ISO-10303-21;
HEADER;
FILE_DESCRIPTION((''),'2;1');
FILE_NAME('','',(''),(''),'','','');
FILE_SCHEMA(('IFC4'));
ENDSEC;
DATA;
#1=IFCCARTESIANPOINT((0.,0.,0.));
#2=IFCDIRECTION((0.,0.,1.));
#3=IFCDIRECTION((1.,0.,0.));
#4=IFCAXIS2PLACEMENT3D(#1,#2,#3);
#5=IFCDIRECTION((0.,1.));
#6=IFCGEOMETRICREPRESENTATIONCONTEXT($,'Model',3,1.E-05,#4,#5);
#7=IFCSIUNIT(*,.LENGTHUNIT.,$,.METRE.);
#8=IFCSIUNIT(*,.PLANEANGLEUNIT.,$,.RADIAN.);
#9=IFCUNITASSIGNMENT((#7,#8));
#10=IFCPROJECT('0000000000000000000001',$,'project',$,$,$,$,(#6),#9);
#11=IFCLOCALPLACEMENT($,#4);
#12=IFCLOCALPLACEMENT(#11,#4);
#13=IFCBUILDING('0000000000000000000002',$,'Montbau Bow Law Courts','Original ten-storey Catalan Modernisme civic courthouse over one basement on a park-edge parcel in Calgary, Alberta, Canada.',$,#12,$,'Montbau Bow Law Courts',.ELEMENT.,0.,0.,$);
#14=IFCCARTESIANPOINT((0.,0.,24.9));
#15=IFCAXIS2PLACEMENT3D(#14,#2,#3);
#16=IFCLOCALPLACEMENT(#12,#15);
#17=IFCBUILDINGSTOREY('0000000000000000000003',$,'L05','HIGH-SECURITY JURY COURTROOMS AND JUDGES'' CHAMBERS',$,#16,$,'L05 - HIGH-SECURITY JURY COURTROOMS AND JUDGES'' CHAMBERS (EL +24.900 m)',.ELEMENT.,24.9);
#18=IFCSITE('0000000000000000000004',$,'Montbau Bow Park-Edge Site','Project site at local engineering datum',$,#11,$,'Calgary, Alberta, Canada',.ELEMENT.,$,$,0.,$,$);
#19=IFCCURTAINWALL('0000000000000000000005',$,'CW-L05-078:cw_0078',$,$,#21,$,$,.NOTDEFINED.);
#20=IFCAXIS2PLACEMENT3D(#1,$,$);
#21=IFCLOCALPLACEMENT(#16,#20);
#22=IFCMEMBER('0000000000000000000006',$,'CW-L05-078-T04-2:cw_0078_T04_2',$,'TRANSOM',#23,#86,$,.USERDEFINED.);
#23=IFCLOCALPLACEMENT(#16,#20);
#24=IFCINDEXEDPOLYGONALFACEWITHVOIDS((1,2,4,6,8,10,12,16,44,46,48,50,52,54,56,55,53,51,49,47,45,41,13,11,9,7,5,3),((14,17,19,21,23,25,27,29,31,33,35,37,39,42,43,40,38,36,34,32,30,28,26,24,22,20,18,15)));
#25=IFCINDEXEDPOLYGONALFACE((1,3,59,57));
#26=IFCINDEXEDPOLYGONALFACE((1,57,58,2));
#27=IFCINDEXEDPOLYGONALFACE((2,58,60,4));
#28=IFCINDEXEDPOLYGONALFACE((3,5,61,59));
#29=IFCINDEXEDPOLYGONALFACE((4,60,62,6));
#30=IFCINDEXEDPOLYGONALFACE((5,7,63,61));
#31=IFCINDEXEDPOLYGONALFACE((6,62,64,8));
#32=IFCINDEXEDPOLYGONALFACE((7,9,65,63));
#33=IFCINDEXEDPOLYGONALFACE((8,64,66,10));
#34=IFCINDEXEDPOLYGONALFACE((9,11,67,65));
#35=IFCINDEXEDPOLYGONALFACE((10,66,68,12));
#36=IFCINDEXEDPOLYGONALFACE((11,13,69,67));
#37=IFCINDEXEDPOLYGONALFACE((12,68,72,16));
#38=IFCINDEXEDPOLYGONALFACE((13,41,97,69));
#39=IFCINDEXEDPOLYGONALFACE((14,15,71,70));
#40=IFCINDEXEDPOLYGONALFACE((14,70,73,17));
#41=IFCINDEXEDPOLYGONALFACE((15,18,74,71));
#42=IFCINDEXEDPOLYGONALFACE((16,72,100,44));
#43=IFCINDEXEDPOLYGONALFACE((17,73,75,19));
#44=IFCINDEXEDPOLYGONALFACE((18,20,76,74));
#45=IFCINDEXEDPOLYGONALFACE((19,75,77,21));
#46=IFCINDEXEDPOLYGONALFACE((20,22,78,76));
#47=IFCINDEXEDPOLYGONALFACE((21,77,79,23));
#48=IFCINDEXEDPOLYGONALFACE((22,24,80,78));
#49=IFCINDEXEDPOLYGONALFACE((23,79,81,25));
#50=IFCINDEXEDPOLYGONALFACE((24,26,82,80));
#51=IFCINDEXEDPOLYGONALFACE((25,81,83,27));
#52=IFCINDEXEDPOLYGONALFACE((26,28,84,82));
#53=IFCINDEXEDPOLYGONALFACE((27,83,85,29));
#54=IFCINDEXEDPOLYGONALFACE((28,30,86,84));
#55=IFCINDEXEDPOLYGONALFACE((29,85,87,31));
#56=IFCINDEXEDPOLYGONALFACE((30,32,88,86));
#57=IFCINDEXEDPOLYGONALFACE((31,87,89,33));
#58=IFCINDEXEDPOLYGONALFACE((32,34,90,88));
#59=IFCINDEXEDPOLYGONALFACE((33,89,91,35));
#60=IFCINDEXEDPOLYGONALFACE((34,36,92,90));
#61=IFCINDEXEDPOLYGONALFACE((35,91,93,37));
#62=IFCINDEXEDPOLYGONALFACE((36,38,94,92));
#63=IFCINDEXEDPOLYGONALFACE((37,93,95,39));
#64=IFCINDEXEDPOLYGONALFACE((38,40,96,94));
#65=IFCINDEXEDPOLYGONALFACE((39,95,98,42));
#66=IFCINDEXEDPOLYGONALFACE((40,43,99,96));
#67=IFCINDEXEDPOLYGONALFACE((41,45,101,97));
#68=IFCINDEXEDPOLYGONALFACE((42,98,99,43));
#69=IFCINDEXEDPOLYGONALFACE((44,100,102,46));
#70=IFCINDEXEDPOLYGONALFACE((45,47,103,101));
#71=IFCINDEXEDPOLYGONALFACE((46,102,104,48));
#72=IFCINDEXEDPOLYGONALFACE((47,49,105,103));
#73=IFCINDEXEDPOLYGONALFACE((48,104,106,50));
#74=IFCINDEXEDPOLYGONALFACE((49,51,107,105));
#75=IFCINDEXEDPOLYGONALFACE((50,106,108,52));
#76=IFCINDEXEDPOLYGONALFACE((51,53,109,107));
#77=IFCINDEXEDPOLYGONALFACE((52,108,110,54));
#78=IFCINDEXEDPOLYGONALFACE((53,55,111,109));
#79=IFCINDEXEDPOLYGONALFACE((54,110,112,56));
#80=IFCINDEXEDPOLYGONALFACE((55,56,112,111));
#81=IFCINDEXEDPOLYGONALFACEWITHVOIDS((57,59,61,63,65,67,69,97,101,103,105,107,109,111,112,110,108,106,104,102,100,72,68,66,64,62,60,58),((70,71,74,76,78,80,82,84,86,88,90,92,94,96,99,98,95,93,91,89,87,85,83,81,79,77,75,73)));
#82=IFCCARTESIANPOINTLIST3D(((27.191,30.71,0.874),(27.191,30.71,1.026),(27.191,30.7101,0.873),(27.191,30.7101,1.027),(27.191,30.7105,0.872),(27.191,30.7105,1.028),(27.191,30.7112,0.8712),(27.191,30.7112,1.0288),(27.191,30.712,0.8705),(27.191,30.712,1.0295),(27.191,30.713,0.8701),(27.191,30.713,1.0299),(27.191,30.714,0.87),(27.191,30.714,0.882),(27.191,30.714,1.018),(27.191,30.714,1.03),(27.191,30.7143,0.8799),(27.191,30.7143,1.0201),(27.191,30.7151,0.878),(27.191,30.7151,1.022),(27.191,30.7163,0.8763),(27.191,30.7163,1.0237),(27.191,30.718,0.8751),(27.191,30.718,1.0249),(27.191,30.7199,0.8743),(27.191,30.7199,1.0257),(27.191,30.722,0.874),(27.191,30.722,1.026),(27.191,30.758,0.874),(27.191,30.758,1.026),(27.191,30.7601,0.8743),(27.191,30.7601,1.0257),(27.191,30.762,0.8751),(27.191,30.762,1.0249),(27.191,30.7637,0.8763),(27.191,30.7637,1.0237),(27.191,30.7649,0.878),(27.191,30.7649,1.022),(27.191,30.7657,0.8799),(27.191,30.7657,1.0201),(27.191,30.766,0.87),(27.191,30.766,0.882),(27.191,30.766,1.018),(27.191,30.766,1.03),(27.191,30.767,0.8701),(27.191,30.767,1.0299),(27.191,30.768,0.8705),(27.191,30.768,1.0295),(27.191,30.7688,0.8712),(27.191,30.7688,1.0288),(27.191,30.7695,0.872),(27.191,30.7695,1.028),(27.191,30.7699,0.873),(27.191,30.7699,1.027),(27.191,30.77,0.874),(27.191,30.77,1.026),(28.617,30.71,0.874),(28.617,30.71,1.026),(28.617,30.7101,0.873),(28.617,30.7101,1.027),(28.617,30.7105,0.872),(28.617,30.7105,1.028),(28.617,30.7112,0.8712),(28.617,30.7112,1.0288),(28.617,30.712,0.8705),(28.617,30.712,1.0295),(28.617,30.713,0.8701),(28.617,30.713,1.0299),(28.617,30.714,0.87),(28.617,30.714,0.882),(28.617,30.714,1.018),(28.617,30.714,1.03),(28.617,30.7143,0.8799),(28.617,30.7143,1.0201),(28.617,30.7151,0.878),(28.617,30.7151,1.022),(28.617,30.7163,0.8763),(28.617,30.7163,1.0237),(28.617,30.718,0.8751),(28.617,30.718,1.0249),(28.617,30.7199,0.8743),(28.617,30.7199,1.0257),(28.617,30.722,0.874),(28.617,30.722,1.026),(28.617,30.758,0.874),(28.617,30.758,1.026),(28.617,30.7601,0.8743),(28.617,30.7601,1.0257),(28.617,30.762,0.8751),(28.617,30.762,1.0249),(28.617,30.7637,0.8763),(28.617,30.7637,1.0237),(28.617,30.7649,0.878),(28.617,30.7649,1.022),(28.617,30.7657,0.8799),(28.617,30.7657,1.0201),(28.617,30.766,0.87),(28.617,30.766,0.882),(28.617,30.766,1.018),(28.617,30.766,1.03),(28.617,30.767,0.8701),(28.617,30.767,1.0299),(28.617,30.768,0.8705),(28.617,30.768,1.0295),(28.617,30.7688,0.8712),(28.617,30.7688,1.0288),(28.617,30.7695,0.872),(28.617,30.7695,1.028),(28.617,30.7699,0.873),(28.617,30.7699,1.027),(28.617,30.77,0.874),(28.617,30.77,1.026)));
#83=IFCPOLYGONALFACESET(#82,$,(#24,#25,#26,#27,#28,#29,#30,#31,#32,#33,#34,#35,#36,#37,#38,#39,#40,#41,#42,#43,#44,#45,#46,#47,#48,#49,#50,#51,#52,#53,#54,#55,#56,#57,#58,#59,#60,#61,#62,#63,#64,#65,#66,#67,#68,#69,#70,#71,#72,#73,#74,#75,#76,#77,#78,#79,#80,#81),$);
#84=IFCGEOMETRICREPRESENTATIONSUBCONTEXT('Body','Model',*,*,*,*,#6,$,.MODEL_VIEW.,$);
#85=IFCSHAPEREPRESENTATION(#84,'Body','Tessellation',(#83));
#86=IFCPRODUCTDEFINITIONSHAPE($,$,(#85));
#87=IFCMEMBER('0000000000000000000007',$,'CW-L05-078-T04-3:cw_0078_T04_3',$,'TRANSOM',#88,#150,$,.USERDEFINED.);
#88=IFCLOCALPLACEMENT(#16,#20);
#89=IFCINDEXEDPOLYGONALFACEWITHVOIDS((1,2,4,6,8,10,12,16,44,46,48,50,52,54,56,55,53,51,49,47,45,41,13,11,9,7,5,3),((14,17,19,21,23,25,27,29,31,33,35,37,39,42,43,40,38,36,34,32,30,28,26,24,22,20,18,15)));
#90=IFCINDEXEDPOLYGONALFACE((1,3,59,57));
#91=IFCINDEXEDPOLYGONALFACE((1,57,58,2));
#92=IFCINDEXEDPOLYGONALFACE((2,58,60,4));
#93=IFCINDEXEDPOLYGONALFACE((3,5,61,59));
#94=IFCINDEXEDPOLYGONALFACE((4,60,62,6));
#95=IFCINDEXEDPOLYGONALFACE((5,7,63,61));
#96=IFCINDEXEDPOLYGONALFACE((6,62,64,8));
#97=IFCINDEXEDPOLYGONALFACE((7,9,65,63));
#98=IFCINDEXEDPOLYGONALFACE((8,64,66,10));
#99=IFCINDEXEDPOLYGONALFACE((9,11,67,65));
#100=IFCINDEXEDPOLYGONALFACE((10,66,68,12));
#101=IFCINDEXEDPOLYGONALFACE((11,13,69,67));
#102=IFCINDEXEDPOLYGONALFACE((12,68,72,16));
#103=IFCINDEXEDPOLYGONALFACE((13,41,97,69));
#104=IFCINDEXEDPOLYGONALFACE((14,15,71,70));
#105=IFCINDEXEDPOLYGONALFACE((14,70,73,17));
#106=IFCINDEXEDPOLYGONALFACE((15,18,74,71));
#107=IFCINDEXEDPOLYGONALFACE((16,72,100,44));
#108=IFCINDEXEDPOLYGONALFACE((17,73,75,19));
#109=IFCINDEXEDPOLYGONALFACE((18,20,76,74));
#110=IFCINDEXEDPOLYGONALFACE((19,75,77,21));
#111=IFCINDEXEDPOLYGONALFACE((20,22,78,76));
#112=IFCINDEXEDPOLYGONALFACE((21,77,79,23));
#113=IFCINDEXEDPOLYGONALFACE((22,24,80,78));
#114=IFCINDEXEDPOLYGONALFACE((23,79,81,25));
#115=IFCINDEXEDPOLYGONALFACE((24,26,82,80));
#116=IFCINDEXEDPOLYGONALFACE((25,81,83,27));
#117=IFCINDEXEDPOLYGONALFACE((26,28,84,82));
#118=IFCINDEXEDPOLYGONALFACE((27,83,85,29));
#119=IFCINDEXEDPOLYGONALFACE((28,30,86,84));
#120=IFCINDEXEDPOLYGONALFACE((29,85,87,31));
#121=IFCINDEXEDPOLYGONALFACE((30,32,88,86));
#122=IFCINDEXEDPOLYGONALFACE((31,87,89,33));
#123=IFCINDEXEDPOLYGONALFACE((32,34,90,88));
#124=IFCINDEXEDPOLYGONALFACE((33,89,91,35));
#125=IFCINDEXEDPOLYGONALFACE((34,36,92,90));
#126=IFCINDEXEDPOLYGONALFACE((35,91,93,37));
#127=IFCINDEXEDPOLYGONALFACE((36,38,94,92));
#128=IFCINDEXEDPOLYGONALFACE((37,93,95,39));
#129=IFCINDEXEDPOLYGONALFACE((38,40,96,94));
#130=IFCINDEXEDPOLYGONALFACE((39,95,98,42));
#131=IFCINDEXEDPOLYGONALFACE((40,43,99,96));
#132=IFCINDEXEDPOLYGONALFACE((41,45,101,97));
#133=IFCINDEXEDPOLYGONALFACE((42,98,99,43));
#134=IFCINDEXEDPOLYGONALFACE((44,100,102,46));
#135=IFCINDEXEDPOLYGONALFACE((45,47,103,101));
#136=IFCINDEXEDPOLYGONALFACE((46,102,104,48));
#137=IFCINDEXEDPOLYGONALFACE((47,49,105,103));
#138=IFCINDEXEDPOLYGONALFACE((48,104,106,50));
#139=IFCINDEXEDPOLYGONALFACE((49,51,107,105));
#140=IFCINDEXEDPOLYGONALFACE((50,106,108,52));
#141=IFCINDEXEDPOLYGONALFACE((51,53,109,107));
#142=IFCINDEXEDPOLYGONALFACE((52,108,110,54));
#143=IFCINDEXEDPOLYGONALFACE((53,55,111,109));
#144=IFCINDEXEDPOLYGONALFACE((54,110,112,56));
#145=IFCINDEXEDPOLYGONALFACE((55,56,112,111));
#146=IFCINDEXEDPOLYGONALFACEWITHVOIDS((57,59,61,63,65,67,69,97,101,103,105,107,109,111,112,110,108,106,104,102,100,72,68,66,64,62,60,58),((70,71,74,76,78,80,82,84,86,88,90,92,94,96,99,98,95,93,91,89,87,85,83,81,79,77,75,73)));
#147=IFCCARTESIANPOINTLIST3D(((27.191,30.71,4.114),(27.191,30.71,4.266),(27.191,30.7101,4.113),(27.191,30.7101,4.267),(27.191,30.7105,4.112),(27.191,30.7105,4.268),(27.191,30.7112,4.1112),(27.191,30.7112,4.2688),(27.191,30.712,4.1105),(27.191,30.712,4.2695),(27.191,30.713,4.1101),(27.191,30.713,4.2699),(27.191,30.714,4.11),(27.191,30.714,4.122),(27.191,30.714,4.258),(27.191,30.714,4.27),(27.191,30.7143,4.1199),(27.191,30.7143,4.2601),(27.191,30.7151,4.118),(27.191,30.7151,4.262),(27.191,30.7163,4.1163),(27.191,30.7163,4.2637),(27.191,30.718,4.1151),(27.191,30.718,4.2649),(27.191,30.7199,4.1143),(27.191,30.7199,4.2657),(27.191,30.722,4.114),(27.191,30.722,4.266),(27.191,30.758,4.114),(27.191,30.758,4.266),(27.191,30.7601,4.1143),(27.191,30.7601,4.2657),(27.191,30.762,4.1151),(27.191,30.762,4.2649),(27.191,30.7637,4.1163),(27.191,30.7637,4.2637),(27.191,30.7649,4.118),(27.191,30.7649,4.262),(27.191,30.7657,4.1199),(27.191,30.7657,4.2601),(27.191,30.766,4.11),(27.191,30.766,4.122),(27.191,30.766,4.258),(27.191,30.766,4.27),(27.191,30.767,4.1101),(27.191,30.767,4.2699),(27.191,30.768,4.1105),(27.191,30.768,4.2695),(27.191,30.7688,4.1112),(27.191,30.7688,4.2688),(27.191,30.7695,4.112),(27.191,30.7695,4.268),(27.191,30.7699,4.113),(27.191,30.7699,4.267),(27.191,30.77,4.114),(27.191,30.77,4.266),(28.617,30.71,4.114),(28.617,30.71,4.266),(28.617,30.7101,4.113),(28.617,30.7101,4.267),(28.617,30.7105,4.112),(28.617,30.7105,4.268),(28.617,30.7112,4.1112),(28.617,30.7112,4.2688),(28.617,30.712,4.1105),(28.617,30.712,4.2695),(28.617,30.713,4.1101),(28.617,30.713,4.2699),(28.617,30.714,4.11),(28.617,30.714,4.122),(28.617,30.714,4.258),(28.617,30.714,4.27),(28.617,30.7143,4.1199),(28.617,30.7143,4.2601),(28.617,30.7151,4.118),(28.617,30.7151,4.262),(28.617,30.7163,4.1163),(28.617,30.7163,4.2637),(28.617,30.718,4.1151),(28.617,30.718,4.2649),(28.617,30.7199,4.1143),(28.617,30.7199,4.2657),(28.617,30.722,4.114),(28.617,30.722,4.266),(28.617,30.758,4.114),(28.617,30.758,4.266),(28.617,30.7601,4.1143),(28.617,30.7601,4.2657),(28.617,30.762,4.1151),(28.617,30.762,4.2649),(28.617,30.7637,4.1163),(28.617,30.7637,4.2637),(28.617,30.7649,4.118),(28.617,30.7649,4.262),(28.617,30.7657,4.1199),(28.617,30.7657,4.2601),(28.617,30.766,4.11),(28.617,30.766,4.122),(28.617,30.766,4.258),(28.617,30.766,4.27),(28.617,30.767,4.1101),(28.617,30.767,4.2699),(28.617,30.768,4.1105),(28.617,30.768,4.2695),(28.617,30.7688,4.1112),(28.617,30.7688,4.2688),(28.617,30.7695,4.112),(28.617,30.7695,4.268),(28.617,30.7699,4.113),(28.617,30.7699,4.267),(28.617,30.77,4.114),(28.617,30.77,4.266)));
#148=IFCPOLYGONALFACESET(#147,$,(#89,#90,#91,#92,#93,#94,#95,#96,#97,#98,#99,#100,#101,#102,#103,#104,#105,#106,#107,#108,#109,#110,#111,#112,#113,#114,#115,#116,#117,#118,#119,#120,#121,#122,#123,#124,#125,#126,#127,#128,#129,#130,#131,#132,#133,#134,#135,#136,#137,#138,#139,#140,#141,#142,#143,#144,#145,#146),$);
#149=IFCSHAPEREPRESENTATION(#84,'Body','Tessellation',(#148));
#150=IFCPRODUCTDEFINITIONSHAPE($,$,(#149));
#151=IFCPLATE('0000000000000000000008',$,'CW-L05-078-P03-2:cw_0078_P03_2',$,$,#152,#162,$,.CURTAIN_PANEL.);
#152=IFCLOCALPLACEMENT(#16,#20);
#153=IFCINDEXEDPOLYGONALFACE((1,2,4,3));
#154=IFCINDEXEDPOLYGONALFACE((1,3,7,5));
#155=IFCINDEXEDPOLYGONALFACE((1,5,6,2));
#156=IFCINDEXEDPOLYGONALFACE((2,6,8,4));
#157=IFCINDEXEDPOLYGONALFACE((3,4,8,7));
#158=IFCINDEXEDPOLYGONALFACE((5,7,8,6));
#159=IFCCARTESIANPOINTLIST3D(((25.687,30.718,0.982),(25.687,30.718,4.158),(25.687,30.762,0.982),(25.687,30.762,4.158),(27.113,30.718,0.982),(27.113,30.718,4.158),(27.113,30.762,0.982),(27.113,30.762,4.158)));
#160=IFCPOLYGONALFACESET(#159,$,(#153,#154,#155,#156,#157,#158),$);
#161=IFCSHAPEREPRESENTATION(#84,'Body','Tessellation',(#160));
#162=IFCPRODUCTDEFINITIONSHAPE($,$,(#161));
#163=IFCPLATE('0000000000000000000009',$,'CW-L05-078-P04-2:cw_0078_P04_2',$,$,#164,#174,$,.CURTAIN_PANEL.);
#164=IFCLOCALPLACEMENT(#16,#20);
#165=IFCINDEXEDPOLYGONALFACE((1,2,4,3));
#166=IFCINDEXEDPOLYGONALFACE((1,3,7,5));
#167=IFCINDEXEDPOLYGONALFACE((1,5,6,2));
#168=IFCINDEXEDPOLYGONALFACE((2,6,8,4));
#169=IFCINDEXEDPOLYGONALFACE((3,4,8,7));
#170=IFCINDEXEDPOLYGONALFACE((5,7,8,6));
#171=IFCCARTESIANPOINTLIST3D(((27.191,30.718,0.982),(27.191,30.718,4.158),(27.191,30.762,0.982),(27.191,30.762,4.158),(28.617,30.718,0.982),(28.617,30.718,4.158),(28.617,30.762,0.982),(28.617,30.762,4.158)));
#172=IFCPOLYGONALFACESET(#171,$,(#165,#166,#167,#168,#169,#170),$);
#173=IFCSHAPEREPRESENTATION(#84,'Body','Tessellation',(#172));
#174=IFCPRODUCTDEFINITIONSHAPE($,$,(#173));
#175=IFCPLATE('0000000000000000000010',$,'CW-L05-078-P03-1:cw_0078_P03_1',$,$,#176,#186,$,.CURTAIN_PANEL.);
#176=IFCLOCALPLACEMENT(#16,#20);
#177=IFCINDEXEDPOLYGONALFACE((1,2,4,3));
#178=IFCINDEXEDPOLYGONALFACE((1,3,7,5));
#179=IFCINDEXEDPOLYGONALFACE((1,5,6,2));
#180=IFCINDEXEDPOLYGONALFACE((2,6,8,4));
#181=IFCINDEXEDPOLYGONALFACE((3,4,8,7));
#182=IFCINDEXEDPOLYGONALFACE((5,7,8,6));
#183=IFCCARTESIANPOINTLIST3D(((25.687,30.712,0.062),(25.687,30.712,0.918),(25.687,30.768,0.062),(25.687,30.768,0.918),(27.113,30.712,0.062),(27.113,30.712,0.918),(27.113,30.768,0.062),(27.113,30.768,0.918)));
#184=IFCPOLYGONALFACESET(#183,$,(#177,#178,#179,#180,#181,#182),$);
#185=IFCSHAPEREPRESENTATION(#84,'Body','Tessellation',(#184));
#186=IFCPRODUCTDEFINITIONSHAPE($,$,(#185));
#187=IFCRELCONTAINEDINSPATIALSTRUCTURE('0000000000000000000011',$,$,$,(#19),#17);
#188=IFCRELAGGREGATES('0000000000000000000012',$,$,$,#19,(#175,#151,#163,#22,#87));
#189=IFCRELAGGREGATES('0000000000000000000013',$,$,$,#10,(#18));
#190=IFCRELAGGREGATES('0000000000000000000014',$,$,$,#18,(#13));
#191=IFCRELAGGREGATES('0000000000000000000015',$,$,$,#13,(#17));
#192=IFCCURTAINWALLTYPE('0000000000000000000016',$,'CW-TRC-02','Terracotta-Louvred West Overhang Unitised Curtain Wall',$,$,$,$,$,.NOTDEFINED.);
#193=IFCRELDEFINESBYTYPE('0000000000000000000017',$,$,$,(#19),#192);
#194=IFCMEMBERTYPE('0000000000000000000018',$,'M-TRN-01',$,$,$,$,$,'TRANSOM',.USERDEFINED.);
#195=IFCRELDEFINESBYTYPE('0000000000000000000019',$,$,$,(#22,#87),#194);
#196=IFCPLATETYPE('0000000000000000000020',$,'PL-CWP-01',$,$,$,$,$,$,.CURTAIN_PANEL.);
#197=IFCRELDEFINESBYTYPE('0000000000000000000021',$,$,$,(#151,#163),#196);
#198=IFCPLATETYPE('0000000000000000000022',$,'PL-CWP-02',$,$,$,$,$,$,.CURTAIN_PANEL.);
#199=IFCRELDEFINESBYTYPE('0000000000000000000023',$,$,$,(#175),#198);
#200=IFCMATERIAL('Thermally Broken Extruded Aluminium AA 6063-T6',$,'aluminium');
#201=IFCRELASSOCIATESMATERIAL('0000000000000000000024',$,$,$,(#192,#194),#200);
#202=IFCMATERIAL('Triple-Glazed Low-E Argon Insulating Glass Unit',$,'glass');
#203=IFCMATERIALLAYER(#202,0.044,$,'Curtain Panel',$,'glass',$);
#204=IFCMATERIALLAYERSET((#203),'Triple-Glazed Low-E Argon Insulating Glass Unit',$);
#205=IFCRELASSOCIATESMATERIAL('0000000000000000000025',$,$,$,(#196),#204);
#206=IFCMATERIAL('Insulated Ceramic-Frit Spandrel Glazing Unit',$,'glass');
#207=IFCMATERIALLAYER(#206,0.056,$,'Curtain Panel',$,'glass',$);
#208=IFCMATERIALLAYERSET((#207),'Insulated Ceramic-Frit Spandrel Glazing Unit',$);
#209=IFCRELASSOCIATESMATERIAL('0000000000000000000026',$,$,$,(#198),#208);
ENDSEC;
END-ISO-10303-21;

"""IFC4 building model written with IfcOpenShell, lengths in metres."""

from ifc_helpers import new_model, si_unit, direction, frame, frame_2d, origin_with_axes, origin_2d_with_axis, place, context, subcontext, project, spatial, rectangle, hollow_rectangle, extrude, material, layer, layer_set, material_profile, profile_set, type_object, element, aggregate, save


model = new_model("IFC4")

# Units and contexts
model_context = context("Model", 3, precision=1e-05, world=origin_with_axes(), true_north=direction((0.0, 1.0)))
body_context = subcontext(model_context, "Body", "Model", "MODEL_VIEW")
ifc_project = project(units=[si_unit("LENGTHUNIT", "METRE"), si_unit("PLANEANGLEUNIT", "RADIAN")], contexts=[model_context])

# Site, building, storey
site_placement = place(None, origin_with_axes())
site = spatial("IfcSite", under=ifc_project, at=site_placement, Name="Montbau Bow Park-Edge Site", Description="Project site at local engineering datum", LongName="Calgary, Alberta, Canada", CompositionType="ELEMENT", RefElevation=0.0)
building_placement = place(site_placement, origin_with_axes())
building = spatial("IfcBuilding", under=site, at=building_placement, Name="Montbau Bow Law Courts", Description="Original ten-storey Catalan Modernisme civic courthouse over one basement on a park-edge parcel in Calgary, Alberta, Canada.", LongName="Montbau Bow Law Courts", CompositionType="ELEMENT", ElevationOfRefHeight=0.0, ElevationOfTerrain=0.0)
storey_placement = place(building_placement, frame((0.0, 0.0, 24.9), z_axis=(0.0, 0.0, 1.0), x_axis=(1.0, 0.0, 0.0)))
storey = spatial("IfcBuildingStorey", under=building, at=storey_placement, Name="L05", Description="HIGH-SECURITY JURY COURTROOMS AND JUDGES' CHAMBERS", LongName="L05 - HIGH-SECURITY JURY COURTROOMS AND JUDGES' CHAMBERS (EL +24.900 m)", CompositionType="ELEMENT", Elevation=24.9)

# Curtain wall, members, plates
ifc_material_1 = material(Name="Thermally Broken Extruded Aluminium AA 6063-T6", Category="aluminium")
curtain_wall_type = type_object("IfcCurtainWallType", Name="CW-TRC-02", Description="Terracotta-Louvred West Overhang Unitised Curtain Wall", PredefinedType="NOTDEFINED", material=ifc_material_1)
curtain_wall_placement = place(None, frame((22.64, 30.74, 24.9), z_axis=(0.0, 0.0, 1.0), x_axis=(1.0, 0.0, 0.0)))
curtain_wall = element("IfcCurtainWall", 1, at=curtain_wall_placement, inside=storey, type_object=curtain_wall_type, Name="CW-L05-078:cw_0078", PredefinedType="NOTDEFINED")
ifc_material_profile_1 = material_profile(ifc_material_1, hollow_rectangle(XDim=0.06, YDim=0.16, WallThickness=0.004, InnerFilletRadius=0.008, OuterFilletRadius=0.004, at=origin_2d_with_axis()), Name="CWT-160X60", Category="Main", Priority=0)
ifc_profile_set_1 = profile_set([ifc_material_profile_1], Name="Thermally Broken Extruded Aluminium AA 6063-T6")
member_type_1 = type_object("IfcMemberType", Name="M-TRN-01", ElementType="TRANSOM", PredefinedType="USERDEFINED", material=ifc_profile_set_1)
member_1_placement = place(None, frame((27.191, 30.74, 25.85), z_axis=(1.0, 0.0, 0.0), x_axis=(0.0, 1.0, 0.0)))
member_1 = element("IfcMember", 2, at=member_1_placement, type_object=member_type_1, Name="CW-L05-078-T04-2:cw_0078_T04_2", ObjectType="TRANSOM", PredefinedType="USERDEFINED", context=body_context, shape_type="SweptSolid", body=[
    extrude(hollow_rectangle(XDim=0.06, YDim=0.16, WallThickness=0.004, InnerFilletRadius=0.008, OuterFilletRadius=0.004, at=origin_2d_with_axis()), origin_with_axes(), (0.0, 0.0, 1.0), 1.426),
])
member_2_placement = place(None, frame((27.191, 30.74, 29.09), z_axis=(1.0, 0.0, 0.0), x_axis=(0.0, 1.0, 0.0)))
member_2 = element("IfcMember", 3, at=member_2_placement, type_object=member_type_1, Name="CW-L05-078-T04-3:cw_0078_T04_3", ObjectType="TRANSOM", PredefinedType="USERDEFINED", context=body_context, shape_type="SweptSolid", body=[
    extrude(hollow_rectangle(XDim=0.06, YDim=0.16, WallThickness=0.004, InnerFilletRadius=0.008, OuterFilletRadius=0.004, at=origin_2d_with_axis()), origin_with_axes(), (0.0, 0.0, 1.0), 1.426),
])
ifc_material_2 = material(Name="Triple-Glazed Low-E Argon Insulating Glass Unit", Category="glass")
ifc_layer_1 = layer(ifc_material_2, 0.044, Name="Curtain Panel", Category="glass")
ifc_layer_set_1 = layer_set([ifc_layer_1], Name="Triple-Glazed Low-E Argon Insulating Glass Unit")
plate_type_1 = type_object("IfcPlateType", Name="PL-CWP-01", PredefinedType="CURTAIN_PANEL", material=ifc_layer_set_1)
plate_1_placement = place(None, frame((25.687, 30.74, 25.882), z_axis=(0.0, -1.0, 0.0), x_axis=(1.0, 0.0, 0.0)))
plate_1 = element("IfcPlate", 4, at=plate_1_placement, type_object=plate_type_1, Name="CW-L05-078-P03-2:cw_0078_P03_2", PredefinedType="CURTAIN_PANEL", context=body_context, shape_type="SweptSolid", body=[
    extrude(rectangle(XDim=1.426, YDim=3.176, at=frame_2d((0.713, 1.588), x_axis=(1.0, 0.0))), frame((0.0, 0.0, -0.022), z_axis=(0.0, 0.0, 1.0), x_axis=(1.0, 0.0, 0.0)), (0.0, 0.0, 1.0), 0.044),
])
plate_2_placement = place(None, frame((27.191, 30.74, 25.882), z_axis=(0.0, -1.0, 0.0), x_axis=(1.0, 0.0, 0.0)))
plate_2 = element("IfcPlate", 5, at=plate_2_placement, type_object=plate_type_1, Name="CW-L05-078-P04-2:cw_0078_P04_2", PredefinedType="CURTAIN_PANEL", context=body_context, shape_type="SweptSolid", body=[
    extrude(rectangle(XDim=1.426, YDim=3.176, at=frame_2d((0.713, 1.588), x_axis=(1.0, 0.0))), frame((0.0, 0.0, -0.022), z_axis=(0.0, 0.0, 1.0), x_axis=(1.0, 0.0, 0.0)), (0.0, 0.0, 1.0), 0.044),
])
ifc_material_3 = material(Name="Insulated Ceramic-Frit Spandrel Glazing Unit", Category="glass")
ifc_layer_2 = layer(ifc_material_3, 0.056, Name="Curtain Panel", Category="glass")
ifc_layer_set_2 = layer_set([ifc_layer_2], Name="Insulated Ceramic-Frit Spandrel Glazing Unit")
plate_type_2 = type_object("IfcPlateType", Name="PL-CWP-02", PredefinedType="CURTAIN_PANEL", material=ifc_layer_set_2)
plate_3_placement = place(None, frame((25.687, 30.74, 24.962), z_axis=(0.0, -1.0, 0.0), x_axis=(1.0, 0.0, 0.0)))
plate_3 = element("IfcPlate", 6, at=plate_3_placement, type_object=plate_type_2, Name="CW-L05-078-P03-1:cw_0078_P03_1", PredefinedType="CURTAIN_PANEL", context=body_context, shape_type="SweptSolid", body=[
    extrude(rectangle(XDim=1.426, YDim=0.856, at=frame_2d((0.713, 0.428), x_axis=(1.0, 0.0))), frame((0.0, 0.0, -0.028), z_axis=(0.0, 0.0, 1.0), x_axis=(1.0, 0.0, 0.0)), (0.0, 0.0, 1.0), 0.056),
])
aggregate(curtain_wall, [plate_3, plate_1, plate_2, member_1, member_2])

save(model, "model.ifc")
